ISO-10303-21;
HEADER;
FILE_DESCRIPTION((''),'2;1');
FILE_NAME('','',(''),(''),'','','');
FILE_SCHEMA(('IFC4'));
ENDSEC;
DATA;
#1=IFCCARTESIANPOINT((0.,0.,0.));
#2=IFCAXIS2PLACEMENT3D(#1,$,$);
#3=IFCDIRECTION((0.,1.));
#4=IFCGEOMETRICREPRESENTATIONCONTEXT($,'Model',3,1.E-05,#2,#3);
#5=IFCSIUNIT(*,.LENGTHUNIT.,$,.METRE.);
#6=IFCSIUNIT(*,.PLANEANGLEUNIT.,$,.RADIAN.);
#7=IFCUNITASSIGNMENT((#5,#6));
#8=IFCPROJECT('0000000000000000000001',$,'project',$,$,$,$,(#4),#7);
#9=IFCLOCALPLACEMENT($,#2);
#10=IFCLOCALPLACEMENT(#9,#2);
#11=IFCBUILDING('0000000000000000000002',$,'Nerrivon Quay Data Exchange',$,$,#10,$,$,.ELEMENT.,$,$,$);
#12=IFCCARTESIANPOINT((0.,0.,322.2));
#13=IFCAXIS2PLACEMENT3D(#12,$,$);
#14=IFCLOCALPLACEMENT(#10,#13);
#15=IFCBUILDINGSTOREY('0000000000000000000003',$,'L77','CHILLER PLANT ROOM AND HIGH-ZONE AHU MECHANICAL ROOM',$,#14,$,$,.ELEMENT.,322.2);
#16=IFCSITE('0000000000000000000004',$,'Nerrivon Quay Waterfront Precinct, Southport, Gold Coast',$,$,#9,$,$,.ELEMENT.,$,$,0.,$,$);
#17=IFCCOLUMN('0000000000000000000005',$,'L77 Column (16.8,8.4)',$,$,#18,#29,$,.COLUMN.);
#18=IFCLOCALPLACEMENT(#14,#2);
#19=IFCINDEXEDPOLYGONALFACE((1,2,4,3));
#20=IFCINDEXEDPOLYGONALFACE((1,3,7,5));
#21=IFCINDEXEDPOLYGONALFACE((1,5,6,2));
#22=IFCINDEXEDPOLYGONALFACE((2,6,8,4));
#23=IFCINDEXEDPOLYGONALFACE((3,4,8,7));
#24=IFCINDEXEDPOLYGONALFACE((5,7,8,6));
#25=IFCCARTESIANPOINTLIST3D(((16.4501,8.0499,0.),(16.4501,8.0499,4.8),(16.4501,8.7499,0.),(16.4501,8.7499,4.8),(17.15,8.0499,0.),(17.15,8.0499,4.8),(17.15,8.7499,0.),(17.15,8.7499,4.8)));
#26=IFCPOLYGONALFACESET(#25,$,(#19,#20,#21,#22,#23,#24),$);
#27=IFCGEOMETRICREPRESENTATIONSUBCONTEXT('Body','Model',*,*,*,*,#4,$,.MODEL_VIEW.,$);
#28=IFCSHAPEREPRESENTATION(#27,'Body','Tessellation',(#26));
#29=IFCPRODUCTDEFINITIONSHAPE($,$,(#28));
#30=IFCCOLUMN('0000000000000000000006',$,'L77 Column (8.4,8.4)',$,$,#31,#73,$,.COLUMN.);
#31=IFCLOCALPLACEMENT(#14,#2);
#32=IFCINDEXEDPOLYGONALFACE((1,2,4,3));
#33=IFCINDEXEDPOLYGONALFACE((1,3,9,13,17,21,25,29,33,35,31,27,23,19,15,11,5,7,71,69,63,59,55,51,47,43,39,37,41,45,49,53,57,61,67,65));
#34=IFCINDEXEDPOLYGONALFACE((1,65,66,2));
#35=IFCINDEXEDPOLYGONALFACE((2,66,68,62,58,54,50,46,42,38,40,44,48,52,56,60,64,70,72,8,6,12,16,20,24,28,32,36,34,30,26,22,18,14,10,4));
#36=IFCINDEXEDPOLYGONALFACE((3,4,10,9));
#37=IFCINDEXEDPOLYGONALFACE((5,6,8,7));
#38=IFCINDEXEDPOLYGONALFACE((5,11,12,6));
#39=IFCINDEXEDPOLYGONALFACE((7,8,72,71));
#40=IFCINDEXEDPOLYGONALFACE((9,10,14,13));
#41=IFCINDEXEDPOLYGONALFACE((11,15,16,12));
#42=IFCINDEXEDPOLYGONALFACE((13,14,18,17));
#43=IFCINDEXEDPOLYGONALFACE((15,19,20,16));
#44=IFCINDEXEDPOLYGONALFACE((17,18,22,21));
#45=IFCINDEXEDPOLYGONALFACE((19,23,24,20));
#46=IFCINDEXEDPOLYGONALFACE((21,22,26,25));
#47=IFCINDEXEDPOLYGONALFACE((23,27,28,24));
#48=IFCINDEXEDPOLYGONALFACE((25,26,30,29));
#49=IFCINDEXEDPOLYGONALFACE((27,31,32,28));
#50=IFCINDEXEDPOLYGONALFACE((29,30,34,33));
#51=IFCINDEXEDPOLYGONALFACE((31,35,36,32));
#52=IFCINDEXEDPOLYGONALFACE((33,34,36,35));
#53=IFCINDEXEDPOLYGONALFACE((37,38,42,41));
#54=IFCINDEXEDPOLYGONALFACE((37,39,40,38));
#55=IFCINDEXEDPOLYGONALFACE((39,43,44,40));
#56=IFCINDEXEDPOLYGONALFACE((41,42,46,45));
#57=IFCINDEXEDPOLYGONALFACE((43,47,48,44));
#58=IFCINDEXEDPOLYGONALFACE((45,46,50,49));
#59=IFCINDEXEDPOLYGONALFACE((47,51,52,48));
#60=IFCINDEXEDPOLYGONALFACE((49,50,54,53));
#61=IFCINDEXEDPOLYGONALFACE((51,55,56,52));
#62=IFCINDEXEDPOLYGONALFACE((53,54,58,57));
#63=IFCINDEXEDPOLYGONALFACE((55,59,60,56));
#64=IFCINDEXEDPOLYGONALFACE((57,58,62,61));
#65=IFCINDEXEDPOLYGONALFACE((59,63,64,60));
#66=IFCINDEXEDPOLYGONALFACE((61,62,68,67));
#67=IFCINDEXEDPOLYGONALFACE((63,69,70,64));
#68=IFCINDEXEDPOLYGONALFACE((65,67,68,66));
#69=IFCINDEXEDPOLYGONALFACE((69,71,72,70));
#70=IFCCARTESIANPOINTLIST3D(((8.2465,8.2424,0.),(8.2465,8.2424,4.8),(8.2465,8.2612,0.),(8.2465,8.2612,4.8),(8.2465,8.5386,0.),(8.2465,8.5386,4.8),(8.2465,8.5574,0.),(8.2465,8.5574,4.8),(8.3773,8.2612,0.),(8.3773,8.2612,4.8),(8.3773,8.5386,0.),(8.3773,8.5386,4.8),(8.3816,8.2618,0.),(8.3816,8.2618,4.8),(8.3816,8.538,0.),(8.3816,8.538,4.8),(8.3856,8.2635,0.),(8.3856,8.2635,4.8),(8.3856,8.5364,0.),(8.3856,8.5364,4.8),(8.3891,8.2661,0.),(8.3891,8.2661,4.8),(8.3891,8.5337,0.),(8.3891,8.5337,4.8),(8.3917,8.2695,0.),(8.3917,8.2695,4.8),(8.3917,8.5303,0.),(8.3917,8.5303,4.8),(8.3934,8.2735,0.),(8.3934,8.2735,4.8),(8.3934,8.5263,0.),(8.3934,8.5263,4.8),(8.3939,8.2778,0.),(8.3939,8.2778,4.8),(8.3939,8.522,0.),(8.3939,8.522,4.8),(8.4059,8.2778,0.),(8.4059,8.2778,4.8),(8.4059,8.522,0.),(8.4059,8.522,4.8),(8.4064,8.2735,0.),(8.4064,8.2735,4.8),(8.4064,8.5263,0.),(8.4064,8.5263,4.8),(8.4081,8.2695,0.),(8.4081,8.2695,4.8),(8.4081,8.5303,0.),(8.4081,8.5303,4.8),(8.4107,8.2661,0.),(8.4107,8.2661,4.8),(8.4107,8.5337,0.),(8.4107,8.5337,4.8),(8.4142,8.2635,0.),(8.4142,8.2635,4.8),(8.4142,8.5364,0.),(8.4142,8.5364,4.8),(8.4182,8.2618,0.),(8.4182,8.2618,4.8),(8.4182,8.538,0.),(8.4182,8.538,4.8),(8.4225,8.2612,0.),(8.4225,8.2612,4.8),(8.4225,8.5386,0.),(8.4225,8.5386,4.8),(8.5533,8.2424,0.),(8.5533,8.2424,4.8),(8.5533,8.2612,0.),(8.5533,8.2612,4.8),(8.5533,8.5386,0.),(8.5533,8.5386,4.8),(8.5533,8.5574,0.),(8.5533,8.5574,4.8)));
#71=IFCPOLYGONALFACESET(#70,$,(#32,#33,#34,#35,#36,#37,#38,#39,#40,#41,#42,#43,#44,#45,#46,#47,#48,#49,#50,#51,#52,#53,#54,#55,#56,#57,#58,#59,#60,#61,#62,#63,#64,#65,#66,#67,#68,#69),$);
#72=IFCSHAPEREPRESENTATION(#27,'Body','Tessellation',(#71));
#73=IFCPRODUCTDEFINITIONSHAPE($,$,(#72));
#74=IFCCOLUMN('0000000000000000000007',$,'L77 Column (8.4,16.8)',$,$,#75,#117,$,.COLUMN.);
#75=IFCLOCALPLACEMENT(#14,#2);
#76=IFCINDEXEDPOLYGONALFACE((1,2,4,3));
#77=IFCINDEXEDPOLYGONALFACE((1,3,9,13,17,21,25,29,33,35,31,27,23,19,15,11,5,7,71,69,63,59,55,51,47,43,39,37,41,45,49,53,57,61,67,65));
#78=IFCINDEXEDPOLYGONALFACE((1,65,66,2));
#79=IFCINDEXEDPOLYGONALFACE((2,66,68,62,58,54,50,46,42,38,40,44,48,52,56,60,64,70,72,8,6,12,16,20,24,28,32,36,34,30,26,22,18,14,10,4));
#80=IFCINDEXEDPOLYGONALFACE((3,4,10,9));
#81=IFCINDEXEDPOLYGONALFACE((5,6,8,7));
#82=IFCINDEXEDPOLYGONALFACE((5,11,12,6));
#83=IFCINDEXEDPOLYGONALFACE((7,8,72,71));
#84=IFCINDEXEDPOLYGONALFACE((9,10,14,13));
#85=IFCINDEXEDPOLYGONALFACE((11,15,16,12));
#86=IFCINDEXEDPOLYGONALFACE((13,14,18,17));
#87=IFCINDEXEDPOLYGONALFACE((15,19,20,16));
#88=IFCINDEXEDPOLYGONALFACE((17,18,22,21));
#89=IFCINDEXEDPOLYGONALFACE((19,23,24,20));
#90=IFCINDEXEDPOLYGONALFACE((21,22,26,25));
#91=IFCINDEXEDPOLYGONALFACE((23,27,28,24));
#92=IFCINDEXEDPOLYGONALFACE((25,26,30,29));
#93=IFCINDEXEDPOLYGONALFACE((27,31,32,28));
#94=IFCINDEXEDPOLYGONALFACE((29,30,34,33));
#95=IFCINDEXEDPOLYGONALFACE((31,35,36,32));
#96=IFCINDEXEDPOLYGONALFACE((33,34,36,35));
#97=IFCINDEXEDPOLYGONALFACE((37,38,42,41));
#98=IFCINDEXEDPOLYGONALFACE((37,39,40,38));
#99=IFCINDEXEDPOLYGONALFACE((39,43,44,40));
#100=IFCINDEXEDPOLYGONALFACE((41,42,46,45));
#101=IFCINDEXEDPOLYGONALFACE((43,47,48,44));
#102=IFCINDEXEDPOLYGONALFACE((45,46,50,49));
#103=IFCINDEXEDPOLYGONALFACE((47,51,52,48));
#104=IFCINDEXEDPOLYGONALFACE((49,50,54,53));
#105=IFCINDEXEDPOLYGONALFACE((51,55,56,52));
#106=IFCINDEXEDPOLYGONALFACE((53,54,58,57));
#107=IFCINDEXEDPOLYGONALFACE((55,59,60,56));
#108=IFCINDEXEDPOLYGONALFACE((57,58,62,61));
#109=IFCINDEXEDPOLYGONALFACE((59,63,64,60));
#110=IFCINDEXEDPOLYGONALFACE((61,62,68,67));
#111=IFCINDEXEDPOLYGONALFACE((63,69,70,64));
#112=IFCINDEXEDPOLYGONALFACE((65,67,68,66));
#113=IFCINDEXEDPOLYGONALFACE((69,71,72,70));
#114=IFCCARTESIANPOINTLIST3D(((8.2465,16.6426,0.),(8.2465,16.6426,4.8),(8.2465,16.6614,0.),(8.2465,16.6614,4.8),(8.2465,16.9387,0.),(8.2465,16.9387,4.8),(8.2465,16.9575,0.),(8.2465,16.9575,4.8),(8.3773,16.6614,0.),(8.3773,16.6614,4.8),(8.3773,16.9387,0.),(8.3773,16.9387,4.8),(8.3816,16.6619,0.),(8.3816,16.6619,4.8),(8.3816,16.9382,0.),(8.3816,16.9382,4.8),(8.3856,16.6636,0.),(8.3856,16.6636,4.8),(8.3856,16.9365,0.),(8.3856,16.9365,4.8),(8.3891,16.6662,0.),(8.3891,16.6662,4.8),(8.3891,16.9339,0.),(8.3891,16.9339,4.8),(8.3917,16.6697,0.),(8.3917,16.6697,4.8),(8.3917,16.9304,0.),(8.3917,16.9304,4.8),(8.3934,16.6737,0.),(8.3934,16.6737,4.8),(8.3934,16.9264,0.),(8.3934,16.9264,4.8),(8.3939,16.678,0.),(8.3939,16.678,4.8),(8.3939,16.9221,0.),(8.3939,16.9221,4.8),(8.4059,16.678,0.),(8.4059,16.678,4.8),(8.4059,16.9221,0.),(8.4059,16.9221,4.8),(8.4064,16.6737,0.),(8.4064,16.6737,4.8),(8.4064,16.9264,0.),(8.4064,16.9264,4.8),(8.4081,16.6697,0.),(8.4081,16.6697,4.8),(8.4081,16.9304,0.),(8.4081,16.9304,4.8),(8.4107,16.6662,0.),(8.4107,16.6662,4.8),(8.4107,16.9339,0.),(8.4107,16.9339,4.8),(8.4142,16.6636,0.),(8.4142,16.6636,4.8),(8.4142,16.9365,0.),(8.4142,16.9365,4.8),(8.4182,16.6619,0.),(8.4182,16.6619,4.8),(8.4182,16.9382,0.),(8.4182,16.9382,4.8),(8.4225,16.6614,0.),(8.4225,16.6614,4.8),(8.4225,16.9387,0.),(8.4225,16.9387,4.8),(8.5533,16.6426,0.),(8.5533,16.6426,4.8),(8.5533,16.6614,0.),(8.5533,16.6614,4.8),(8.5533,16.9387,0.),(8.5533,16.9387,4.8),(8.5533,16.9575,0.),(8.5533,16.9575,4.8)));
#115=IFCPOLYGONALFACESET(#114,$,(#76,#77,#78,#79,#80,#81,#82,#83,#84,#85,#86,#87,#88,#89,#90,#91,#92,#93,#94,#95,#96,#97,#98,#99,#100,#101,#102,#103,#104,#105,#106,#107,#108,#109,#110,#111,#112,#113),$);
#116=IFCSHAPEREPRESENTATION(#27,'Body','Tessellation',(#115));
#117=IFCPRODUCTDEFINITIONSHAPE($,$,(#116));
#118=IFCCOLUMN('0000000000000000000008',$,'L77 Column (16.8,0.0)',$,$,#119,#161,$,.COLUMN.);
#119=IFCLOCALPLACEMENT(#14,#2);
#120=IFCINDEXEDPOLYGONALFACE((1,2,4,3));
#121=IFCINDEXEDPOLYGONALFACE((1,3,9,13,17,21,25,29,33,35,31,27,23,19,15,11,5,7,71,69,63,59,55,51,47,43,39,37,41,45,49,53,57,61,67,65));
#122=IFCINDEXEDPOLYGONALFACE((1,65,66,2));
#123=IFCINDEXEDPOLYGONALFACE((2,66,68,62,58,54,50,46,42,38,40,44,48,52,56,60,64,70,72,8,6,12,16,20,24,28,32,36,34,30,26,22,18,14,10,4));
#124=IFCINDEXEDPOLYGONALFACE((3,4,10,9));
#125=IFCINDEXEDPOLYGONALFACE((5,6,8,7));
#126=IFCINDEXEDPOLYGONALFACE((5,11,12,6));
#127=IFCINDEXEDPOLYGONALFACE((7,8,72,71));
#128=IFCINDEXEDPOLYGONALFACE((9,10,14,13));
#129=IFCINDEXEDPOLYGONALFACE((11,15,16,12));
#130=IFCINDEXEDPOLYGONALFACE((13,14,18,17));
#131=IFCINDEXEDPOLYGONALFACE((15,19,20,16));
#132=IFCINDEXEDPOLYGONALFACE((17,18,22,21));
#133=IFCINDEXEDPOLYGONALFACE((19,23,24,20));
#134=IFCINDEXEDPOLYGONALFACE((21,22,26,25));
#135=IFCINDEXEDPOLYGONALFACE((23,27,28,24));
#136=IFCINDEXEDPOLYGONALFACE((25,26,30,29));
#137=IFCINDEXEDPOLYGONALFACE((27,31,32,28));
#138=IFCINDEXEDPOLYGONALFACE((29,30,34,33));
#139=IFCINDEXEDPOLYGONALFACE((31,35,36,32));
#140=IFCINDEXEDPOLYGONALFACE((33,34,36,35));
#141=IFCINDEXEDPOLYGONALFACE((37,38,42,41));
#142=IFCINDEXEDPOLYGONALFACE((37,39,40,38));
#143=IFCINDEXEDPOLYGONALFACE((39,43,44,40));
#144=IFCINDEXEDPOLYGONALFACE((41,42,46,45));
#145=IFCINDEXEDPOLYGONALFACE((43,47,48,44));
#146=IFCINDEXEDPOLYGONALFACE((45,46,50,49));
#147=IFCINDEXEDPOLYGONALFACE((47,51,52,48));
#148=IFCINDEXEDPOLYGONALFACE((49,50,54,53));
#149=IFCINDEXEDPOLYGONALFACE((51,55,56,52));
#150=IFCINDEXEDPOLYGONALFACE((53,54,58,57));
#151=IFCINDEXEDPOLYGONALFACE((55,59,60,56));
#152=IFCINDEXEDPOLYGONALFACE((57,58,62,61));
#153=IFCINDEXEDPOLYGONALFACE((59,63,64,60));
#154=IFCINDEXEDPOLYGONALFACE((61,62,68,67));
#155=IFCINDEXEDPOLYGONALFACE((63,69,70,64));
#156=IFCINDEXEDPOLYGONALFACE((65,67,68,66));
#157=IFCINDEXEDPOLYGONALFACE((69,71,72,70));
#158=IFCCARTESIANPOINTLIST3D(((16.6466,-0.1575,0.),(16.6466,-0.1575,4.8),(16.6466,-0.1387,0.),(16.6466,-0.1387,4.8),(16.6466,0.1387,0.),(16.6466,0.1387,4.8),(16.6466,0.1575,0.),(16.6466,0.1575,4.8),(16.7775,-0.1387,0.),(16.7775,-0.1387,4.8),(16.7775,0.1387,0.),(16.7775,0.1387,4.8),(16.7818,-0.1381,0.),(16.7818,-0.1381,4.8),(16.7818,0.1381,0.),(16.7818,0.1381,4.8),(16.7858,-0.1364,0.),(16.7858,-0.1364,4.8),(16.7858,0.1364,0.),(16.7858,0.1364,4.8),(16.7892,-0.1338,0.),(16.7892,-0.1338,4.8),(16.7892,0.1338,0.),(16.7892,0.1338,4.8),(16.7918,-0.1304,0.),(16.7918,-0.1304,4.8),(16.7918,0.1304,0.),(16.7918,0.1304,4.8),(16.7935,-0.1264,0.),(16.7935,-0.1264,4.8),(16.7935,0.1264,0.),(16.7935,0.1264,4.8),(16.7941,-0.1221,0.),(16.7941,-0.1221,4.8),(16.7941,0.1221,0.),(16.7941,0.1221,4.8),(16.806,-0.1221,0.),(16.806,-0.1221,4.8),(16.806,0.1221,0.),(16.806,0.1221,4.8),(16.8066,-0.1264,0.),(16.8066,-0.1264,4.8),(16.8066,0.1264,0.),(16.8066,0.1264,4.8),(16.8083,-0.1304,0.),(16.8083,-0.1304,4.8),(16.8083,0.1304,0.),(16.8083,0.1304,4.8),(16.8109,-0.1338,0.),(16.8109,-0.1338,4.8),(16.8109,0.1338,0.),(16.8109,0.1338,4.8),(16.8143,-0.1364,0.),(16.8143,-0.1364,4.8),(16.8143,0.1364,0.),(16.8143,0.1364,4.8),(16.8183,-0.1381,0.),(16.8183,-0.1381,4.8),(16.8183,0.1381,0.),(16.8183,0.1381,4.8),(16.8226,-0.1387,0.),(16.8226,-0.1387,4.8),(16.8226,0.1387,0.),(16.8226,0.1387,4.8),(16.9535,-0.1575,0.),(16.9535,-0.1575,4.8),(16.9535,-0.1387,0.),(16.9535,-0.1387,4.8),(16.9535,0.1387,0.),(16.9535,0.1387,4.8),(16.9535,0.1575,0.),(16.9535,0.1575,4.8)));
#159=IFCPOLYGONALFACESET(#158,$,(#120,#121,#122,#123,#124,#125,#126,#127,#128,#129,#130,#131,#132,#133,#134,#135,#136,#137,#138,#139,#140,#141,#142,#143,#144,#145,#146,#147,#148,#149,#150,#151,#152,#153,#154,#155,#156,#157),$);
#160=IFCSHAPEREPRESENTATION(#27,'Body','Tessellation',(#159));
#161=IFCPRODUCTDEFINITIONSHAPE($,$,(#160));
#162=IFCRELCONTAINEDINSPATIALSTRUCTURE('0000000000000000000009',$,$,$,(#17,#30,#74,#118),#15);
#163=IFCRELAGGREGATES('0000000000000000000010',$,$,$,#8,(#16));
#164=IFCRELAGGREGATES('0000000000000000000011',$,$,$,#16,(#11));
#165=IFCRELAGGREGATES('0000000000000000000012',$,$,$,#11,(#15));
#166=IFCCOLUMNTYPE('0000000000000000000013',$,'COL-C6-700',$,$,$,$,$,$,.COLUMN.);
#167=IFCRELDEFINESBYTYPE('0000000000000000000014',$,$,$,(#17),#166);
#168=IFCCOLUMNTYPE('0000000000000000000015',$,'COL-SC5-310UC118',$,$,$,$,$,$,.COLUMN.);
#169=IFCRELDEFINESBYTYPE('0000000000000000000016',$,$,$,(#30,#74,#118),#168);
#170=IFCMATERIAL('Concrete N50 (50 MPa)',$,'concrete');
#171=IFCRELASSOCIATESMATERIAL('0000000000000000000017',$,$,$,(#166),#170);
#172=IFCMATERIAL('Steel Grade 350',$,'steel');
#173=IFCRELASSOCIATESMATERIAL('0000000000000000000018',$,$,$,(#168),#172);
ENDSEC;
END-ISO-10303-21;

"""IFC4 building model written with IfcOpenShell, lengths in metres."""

from ifc_helpers import new_model, si_unit, direction, frame, origin, origin_2d, place, context, subcontext, project, spatial, rectangle, i_section, extrude, material, material_profile, profile_set, type_object, element, save


model = new_model("IFC4")

# Units and contexts
model_context = context("Model", 3, precision=1e-05, world=origin(), true_north=direction((0.0, 1.0)))
body_context = subcontext(model_context, "Body", "Model", "MODEL_VIEW")
ifc_project = project(units=[si_unit("LENGTHUNIT", "METRE"), si_unit("PLANEANGLEUNIT", "RADIAN")], contexts=[model_context])

# Site, building, storey
site_placement = place(None, origin())
site = spatial("IfcSite", under=ifc_project, at=site_placement, Name="Nerrivon Quay Waterfront Precinct, Southport, Gold Coast", CompositionType="ELEMENT", RefElevation=0.0)
building_placement = place(site_placement, origin())
building = spatial("IfcBuilding", under=site, at=building_placement, Name="Nerrivon Quay Data Exchange", CompositionType="ELEMENT")
storey_placement = place(building_placement, frame((0.0, 0.0, 322.2)))
storey = spatial("IfcBuildingStorey", under=building, at=storey_placement, Name="L77", Description="CHILLER PLANT ROOM AND HIGH-ZONE AHU MECHANICAL ROOM", CompositionType="ELEMENT", Elevation=322.2)

# Columns
ifc_material_1 = material(Name="Concrete N50 (50 MPa)", Category="concrete")
ifc_material_profile_1 = material_profile(ifc_material_1, rectangle(XDim=0.7, YDim=0.7, at=origin_2d()), Name="RC-COL-700x700")
ifc_profile_set_1 = profile_set([ifc_material_profile_1], Name="Concrete N50 (50 MPa)")
column_type_1 = type_object("IfcColumnType", Name="COL-C6-700", PredefinedType="COLUMN", material=ifc_profile_set_1)
column_placement = place(storey_placement, frame((16.8, 8.3999, 0.0), z_axis=(0.0, 0.0, 1.0), x_axis=(1.0, 0.0, 0.0)))
element("IfcColumn", 1, at=column_placement, inside=storey, type_object=column_type_1, Name="L77 Column (16.8,8.4)", PredefinedType="COLUMN", context=body_context, shape_type="SweptSolid", body=[
    extrude(rectangle(XDim=0.7, YDim=0.7, at=origin_2d()), origin(), (0.0, 0.0, 1.0), 4.8),
])
ifc_material_2 = material(Name="Steel Grade 350", Category="steel")
ifc_material_profile_2 = material_profile(ifc_material_2, i_section(OverallWidth=0.3069, OverallDepth=0.3149, WebThickness=0.012, FlangeThickness=0.0188, FilletRadius=0.0166, at=origin_2d()), Name="310UC118")
ifc_profile_set_2 = profile_set([ifc_material_profile_2], Name="Steel Grade 350")
column_type_2 = type_object("IfcColumnType", Name="COL-SC5-310UC118", PredefinedType="COLUMN", material=ifc_profile_set_2)
for number, where, z_axis, x_axis, name in (
    (2, (8.3999, 8.3999, 0.0), (0.0, 0.0, 1.0), (1.0, 0.0, 0.0), "L77 Column (8.4,8.4)"),
    (3, (8.3999, 16.8, 0.0), (0.0, 0.0, 1.0), (1.0, 0.0, 0.0), "L77 Column (8.4,16.8)"),
    (4, (16.8, 0.0, 0.0), (0.0, 0.0, 1.0), (1.0, 0.0, 0.0), "L77 Column (16.8,0.0)"),
):
    element("IfcColumn", number, at=place(storey_placement, frame(where, z_axis=z_axis, x_axis=x_axis)), inside=storey, type_object=column_type_2, Name=name, PredefinedType="COLUMN", context=body_context, shape_type="SweptSolid", body=[
        extrude(i_section(OverallWidth=0.3069, OverallDepth=0.3149, WebThickness=0.012, FlangeThickness=0.0188, FilletRadius=0.0166, at=origin_2d()), origin(), (0.0, 0.0, 1.0), 4.8),
    ])

save(model, "model.ifc")
